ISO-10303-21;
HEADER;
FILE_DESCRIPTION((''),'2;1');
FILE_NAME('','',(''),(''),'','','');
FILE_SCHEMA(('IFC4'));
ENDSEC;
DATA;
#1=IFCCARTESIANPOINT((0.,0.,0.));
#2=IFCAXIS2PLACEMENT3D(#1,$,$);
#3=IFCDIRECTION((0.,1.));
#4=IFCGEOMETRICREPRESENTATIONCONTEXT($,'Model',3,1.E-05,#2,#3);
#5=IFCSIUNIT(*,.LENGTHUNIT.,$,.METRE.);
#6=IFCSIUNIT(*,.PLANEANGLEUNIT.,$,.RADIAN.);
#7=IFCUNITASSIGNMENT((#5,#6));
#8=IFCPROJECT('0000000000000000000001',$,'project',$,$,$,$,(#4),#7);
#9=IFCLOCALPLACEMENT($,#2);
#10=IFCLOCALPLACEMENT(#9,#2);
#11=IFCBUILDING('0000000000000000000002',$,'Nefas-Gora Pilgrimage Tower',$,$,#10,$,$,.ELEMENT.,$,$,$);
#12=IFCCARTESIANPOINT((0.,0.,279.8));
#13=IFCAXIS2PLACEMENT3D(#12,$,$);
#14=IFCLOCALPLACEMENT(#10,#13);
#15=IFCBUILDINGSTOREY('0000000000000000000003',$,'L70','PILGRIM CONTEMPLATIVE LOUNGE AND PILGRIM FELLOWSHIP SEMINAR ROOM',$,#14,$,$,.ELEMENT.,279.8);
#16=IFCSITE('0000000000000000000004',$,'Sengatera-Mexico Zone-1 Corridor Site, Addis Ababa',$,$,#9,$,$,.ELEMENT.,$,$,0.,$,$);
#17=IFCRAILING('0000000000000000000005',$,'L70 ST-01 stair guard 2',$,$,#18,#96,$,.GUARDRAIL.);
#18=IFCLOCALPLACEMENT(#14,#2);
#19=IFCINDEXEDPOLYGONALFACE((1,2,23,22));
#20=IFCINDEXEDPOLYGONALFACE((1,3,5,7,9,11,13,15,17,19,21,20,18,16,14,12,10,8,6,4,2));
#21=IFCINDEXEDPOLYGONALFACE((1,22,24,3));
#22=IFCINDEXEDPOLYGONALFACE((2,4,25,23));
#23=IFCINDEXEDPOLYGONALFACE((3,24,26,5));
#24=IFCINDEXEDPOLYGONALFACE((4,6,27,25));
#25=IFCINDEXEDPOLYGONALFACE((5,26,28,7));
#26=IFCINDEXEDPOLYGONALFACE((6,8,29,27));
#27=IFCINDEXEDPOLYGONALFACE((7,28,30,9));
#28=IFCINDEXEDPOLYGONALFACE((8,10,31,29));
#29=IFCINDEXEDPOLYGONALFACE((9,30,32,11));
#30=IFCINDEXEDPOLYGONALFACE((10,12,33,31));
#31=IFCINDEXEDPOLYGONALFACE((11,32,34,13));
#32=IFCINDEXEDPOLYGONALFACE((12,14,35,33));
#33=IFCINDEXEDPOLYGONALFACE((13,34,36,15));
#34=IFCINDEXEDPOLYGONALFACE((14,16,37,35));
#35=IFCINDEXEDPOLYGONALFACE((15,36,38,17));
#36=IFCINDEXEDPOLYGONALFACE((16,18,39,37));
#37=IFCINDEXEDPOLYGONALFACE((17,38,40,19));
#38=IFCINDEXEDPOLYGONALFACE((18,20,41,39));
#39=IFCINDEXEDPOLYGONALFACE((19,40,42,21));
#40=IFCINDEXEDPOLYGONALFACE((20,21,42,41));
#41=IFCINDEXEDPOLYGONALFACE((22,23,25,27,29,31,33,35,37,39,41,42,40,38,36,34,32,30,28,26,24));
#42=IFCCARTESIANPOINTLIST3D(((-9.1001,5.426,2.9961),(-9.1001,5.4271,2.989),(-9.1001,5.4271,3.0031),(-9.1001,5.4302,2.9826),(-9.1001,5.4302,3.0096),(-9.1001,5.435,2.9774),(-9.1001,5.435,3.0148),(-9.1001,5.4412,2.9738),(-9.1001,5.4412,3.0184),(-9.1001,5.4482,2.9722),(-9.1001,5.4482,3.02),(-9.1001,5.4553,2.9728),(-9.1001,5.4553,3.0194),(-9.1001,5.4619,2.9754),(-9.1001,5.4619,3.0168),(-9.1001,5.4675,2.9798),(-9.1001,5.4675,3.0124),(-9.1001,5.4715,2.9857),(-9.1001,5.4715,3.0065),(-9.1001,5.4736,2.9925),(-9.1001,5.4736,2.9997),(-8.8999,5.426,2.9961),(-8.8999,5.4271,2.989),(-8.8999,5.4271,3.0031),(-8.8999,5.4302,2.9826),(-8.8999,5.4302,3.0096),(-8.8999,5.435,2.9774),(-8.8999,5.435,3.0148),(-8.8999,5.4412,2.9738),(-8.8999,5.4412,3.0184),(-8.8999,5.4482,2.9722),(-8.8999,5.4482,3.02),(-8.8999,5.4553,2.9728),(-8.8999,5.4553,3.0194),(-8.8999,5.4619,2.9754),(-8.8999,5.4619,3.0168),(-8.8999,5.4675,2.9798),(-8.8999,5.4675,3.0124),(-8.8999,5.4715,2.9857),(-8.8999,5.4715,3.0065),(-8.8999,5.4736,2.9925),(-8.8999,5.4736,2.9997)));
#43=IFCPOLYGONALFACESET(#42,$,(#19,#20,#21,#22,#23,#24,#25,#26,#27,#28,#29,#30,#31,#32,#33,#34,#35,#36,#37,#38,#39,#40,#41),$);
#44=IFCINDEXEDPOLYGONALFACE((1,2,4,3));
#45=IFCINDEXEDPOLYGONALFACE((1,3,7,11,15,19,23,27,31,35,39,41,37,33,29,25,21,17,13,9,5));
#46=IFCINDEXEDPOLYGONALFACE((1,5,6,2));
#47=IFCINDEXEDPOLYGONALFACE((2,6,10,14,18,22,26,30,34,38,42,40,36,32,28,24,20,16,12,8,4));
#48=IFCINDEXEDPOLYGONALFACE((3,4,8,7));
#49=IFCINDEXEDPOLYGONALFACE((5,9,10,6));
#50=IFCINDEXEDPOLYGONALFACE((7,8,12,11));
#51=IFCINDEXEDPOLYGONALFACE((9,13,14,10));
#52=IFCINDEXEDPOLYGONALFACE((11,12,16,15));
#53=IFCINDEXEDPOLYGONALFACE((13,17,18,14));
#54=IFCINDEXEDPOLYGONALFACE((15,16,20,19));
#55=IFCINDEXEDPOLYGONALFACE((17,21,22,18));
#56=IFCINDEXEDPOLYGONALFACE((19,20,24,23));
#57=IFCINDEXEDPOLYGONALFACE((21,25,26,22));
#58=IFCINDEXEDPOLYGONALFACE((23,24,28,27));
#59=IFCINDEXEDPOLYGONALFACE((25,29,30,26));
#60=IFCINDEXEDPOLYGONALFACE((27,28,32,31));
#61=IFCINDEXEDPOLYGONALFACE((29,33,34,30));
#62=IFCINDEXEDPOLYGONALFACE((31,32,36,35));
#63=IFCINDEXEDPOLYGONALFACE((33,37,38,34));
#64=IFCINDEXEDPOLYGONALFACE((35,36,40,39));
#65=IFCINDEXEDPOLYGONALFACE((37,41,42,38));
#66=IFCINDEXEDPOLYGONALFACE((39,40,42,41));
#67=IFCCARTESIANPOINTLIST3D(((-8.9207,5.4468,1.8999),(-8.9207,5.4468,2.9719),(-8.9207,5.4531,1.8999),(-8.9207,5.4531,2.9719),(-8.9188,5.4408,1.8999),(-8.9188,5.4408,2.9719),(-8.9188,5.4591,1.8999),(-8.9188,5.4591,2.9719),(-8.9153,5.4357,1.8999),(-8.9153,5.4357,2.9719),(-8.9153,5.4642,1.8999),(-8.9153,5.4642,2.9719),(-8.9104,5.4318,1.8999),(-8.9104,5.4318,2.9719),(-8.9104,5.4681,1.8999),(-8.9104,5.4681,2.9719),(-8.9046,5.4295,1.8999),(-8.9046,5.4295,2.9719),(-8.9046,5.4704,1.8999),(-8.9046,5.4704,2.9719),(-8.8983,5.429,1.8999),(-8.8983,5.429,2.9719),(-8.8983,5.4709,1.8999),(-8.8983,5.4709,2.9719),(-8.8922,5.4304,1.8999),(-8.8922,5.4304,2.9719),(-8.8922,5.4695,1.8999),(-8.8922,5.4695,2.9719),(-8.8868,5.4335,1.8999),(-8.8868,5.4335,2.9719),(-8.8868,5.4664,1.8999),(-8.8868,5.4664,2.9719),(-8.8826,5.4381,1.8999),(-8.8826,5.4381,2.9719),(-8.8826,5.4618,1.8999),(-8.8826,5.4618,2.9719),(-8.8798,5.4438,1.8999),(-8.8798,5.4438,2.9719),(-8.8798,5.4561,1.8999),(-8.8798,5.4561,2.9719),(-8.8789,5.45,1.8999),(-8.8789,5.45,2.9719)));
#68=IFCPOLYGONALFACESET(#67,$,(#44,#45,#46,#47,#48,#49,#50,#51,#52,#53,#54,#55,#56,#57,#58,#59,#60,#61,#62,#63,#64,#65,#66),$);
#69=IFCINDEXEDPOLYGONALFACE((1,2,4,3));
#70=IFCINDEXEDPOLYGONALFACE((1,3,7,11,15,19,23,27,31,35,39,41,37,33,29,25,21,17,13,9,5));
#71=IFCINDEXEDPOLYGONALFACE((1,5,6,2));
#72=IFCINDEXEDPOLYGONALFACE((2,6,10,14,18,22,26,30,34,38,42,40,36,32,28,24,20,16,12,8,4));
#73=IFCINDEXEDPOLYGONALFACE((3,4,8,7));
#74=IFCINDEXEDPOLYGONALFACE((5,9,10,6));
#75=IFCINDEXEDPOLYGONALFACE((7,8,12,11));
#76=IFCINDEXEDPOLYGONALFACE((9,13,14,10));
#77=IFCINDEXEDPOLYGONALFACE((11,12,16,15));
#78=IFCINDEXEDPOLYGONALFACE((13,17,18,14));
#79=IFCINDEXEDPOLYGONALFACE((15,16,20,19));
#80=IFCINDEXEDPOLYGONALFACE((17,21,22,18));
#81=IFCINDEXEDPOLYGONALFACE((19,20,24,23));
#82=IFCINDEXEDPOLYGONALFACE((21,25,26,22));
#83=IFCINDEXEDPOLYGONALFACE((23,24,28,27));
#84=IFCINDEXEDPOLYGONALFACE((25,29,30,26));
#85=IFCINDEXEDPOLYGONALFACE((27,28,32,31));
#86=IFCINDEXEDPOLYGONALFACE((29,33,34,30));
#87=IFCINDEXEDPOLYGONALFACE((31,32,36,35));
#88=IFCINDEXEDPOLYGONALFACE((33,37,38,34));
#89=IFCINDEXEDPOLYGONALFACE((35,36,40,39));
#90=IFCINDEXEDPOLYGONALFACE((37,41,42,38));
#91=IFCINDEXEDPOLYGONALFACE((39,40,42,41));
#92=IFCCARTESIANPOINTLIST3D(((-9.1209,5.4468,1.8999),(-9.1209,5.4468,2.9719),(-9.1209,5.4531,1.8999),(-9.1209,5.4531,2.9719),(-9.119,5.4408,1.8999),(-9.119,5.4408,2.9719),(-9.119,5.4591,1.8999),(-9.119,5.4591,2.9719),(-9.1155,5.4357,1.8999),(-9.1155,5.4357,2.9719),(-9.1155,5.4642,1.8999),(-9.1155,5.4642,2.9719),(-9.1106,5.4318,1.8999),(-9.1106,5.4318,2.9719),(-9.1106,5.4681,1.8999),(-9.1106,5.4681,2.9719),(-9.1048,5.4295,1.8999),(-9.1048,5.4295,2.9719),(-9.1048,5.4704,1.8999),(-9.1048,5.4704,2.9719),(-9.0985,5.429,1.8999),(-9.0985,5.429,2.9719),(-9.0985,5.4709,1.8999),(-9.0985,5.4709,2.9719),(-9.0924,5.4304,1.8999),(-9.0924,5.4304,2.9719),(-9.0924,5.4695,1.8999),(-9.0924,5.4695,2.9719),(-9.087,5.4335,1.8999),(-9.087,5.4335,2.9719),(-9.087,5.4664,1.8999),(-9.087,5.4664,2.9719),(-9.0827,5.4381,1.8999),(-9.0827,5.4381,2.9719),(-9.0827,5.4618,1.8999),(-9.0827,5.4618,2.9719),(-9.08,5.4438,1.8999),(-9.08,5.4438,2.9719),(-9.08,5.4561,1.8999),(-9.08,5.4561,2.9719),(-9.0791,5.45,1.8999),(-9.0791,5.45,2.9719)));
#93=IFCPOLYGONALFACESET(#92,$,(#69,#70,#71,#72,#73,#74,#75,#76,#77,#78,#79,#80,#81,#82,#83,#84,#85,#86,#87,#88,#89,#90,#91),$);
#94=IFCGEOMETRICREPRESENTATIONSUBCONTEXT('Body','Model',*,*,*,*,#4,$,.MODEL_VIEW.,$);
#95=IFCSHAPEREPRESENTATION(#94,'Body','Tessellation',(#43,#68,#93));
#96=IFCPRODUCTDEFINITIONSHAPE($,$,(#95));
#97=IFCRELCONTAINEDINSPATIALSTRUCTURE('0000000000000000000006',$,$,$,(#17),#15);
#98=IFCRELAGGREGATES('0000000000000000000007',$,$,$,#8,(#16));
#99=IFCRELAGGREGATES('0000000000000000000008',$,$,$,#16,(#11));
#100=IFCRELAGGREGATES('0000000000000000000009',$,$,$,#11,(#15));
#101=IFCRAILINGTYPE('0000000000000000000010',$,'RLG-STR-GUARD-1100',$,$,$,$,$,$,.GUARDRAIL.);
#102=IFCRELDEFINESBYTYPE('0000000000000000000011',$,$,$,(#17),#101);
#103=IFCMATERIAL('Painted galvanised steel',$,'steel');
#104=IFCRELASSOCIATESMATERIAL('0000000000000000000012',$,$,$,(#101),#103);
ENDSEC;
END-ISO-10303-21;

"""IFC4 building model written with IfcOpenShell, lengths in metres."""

from ifc_helpers import new_model, si_unit, direction, frame, origin, origin_2d, place, context, subcontext, project, spatial, circle, extrude, material, type_object, element, save


model = new_model("IFC4")

# Units and contexts
model_context = context("Model", 3, precision=1e-05, world=origin(), true_north=direction((0.0, 1.0)))
body_context = subcontext(model_context, "Body", "Model", "MODEL_VIEW")
ifc_project = project(units=[si_unit("LENGTHUNIT", "METRE"), si_unit("PLANEANGLEUNIT", "RADIAN")], contexts=[model_context])

# Site, building, storey
site_placement = place(None, origin())
site = spatial("IfcSite", under=ifc_project, at=site_placement, Name="Sengatera-Mexico Zone-1 Corridor Site, Addis Ababa", CompositionType="ELEMENT", RefElevation=0.0)
building_placement = place(site_placement, origin())
building = spatial("IfcBuilding", under=site, at=building_placement, Name="Nefas-Gora Pilgrimage Tower", CompositionType="ELEMENT")
storey_placement = place(building_placement, frame((0.0, 0.0, 279.8)))
storey = spatial("IfcBuildingStorey", under=building, at=storey_placement, Name="L70", Description="PILGRIM CONTEMPLATIVE LOUNGE AND PILGRIM FELLOWSHIP SEMINAR ROOM", CompositionType="ELEMENT", Elevation=279.8)

# Railing
ifc_material_1 = material(Name="Painted galvanised steel", Category="steel")
railing_type_1 = type_object("IfcRailingType", Name="RLG-STR-GUARD-1100", PredefinedType="GUARDRAIL", material=ifc_material_1)
railing_1_placement = place(storey_placement, frame((-8.8999, 5.45, 1.8999)))
element("IfcRailing", 1, at=railing_1_placement, inside=storey, type_object=railing_type_1, Name="L70 ST-01 stair guard 2", PredefinedType="GUARDRAIL", context=body_context, shape_type="SweptSolid", body=[
    extrude(circle(Radius=0.0239, at=origin_2d()), frame((0.0, 0.0, 1.0962), z_axis=(-1.0, 0.0, 0.0), x_axis=(0.0, -1.0, 0.0)), (0.0, 0.0, 1.0), 0.2002),
    extrude(circle(Radius=0.021, at=origin_2d()), origin(), (0.0, 0.0, 1.0), 1.072),
    extrude(circle(Radius=0.021, at=origin_2d()), frame((-0.2002, 0.0, 0.0)), (0.0, 0.0, 1.0), 1.072),
])

save(model, "model.ifc")
